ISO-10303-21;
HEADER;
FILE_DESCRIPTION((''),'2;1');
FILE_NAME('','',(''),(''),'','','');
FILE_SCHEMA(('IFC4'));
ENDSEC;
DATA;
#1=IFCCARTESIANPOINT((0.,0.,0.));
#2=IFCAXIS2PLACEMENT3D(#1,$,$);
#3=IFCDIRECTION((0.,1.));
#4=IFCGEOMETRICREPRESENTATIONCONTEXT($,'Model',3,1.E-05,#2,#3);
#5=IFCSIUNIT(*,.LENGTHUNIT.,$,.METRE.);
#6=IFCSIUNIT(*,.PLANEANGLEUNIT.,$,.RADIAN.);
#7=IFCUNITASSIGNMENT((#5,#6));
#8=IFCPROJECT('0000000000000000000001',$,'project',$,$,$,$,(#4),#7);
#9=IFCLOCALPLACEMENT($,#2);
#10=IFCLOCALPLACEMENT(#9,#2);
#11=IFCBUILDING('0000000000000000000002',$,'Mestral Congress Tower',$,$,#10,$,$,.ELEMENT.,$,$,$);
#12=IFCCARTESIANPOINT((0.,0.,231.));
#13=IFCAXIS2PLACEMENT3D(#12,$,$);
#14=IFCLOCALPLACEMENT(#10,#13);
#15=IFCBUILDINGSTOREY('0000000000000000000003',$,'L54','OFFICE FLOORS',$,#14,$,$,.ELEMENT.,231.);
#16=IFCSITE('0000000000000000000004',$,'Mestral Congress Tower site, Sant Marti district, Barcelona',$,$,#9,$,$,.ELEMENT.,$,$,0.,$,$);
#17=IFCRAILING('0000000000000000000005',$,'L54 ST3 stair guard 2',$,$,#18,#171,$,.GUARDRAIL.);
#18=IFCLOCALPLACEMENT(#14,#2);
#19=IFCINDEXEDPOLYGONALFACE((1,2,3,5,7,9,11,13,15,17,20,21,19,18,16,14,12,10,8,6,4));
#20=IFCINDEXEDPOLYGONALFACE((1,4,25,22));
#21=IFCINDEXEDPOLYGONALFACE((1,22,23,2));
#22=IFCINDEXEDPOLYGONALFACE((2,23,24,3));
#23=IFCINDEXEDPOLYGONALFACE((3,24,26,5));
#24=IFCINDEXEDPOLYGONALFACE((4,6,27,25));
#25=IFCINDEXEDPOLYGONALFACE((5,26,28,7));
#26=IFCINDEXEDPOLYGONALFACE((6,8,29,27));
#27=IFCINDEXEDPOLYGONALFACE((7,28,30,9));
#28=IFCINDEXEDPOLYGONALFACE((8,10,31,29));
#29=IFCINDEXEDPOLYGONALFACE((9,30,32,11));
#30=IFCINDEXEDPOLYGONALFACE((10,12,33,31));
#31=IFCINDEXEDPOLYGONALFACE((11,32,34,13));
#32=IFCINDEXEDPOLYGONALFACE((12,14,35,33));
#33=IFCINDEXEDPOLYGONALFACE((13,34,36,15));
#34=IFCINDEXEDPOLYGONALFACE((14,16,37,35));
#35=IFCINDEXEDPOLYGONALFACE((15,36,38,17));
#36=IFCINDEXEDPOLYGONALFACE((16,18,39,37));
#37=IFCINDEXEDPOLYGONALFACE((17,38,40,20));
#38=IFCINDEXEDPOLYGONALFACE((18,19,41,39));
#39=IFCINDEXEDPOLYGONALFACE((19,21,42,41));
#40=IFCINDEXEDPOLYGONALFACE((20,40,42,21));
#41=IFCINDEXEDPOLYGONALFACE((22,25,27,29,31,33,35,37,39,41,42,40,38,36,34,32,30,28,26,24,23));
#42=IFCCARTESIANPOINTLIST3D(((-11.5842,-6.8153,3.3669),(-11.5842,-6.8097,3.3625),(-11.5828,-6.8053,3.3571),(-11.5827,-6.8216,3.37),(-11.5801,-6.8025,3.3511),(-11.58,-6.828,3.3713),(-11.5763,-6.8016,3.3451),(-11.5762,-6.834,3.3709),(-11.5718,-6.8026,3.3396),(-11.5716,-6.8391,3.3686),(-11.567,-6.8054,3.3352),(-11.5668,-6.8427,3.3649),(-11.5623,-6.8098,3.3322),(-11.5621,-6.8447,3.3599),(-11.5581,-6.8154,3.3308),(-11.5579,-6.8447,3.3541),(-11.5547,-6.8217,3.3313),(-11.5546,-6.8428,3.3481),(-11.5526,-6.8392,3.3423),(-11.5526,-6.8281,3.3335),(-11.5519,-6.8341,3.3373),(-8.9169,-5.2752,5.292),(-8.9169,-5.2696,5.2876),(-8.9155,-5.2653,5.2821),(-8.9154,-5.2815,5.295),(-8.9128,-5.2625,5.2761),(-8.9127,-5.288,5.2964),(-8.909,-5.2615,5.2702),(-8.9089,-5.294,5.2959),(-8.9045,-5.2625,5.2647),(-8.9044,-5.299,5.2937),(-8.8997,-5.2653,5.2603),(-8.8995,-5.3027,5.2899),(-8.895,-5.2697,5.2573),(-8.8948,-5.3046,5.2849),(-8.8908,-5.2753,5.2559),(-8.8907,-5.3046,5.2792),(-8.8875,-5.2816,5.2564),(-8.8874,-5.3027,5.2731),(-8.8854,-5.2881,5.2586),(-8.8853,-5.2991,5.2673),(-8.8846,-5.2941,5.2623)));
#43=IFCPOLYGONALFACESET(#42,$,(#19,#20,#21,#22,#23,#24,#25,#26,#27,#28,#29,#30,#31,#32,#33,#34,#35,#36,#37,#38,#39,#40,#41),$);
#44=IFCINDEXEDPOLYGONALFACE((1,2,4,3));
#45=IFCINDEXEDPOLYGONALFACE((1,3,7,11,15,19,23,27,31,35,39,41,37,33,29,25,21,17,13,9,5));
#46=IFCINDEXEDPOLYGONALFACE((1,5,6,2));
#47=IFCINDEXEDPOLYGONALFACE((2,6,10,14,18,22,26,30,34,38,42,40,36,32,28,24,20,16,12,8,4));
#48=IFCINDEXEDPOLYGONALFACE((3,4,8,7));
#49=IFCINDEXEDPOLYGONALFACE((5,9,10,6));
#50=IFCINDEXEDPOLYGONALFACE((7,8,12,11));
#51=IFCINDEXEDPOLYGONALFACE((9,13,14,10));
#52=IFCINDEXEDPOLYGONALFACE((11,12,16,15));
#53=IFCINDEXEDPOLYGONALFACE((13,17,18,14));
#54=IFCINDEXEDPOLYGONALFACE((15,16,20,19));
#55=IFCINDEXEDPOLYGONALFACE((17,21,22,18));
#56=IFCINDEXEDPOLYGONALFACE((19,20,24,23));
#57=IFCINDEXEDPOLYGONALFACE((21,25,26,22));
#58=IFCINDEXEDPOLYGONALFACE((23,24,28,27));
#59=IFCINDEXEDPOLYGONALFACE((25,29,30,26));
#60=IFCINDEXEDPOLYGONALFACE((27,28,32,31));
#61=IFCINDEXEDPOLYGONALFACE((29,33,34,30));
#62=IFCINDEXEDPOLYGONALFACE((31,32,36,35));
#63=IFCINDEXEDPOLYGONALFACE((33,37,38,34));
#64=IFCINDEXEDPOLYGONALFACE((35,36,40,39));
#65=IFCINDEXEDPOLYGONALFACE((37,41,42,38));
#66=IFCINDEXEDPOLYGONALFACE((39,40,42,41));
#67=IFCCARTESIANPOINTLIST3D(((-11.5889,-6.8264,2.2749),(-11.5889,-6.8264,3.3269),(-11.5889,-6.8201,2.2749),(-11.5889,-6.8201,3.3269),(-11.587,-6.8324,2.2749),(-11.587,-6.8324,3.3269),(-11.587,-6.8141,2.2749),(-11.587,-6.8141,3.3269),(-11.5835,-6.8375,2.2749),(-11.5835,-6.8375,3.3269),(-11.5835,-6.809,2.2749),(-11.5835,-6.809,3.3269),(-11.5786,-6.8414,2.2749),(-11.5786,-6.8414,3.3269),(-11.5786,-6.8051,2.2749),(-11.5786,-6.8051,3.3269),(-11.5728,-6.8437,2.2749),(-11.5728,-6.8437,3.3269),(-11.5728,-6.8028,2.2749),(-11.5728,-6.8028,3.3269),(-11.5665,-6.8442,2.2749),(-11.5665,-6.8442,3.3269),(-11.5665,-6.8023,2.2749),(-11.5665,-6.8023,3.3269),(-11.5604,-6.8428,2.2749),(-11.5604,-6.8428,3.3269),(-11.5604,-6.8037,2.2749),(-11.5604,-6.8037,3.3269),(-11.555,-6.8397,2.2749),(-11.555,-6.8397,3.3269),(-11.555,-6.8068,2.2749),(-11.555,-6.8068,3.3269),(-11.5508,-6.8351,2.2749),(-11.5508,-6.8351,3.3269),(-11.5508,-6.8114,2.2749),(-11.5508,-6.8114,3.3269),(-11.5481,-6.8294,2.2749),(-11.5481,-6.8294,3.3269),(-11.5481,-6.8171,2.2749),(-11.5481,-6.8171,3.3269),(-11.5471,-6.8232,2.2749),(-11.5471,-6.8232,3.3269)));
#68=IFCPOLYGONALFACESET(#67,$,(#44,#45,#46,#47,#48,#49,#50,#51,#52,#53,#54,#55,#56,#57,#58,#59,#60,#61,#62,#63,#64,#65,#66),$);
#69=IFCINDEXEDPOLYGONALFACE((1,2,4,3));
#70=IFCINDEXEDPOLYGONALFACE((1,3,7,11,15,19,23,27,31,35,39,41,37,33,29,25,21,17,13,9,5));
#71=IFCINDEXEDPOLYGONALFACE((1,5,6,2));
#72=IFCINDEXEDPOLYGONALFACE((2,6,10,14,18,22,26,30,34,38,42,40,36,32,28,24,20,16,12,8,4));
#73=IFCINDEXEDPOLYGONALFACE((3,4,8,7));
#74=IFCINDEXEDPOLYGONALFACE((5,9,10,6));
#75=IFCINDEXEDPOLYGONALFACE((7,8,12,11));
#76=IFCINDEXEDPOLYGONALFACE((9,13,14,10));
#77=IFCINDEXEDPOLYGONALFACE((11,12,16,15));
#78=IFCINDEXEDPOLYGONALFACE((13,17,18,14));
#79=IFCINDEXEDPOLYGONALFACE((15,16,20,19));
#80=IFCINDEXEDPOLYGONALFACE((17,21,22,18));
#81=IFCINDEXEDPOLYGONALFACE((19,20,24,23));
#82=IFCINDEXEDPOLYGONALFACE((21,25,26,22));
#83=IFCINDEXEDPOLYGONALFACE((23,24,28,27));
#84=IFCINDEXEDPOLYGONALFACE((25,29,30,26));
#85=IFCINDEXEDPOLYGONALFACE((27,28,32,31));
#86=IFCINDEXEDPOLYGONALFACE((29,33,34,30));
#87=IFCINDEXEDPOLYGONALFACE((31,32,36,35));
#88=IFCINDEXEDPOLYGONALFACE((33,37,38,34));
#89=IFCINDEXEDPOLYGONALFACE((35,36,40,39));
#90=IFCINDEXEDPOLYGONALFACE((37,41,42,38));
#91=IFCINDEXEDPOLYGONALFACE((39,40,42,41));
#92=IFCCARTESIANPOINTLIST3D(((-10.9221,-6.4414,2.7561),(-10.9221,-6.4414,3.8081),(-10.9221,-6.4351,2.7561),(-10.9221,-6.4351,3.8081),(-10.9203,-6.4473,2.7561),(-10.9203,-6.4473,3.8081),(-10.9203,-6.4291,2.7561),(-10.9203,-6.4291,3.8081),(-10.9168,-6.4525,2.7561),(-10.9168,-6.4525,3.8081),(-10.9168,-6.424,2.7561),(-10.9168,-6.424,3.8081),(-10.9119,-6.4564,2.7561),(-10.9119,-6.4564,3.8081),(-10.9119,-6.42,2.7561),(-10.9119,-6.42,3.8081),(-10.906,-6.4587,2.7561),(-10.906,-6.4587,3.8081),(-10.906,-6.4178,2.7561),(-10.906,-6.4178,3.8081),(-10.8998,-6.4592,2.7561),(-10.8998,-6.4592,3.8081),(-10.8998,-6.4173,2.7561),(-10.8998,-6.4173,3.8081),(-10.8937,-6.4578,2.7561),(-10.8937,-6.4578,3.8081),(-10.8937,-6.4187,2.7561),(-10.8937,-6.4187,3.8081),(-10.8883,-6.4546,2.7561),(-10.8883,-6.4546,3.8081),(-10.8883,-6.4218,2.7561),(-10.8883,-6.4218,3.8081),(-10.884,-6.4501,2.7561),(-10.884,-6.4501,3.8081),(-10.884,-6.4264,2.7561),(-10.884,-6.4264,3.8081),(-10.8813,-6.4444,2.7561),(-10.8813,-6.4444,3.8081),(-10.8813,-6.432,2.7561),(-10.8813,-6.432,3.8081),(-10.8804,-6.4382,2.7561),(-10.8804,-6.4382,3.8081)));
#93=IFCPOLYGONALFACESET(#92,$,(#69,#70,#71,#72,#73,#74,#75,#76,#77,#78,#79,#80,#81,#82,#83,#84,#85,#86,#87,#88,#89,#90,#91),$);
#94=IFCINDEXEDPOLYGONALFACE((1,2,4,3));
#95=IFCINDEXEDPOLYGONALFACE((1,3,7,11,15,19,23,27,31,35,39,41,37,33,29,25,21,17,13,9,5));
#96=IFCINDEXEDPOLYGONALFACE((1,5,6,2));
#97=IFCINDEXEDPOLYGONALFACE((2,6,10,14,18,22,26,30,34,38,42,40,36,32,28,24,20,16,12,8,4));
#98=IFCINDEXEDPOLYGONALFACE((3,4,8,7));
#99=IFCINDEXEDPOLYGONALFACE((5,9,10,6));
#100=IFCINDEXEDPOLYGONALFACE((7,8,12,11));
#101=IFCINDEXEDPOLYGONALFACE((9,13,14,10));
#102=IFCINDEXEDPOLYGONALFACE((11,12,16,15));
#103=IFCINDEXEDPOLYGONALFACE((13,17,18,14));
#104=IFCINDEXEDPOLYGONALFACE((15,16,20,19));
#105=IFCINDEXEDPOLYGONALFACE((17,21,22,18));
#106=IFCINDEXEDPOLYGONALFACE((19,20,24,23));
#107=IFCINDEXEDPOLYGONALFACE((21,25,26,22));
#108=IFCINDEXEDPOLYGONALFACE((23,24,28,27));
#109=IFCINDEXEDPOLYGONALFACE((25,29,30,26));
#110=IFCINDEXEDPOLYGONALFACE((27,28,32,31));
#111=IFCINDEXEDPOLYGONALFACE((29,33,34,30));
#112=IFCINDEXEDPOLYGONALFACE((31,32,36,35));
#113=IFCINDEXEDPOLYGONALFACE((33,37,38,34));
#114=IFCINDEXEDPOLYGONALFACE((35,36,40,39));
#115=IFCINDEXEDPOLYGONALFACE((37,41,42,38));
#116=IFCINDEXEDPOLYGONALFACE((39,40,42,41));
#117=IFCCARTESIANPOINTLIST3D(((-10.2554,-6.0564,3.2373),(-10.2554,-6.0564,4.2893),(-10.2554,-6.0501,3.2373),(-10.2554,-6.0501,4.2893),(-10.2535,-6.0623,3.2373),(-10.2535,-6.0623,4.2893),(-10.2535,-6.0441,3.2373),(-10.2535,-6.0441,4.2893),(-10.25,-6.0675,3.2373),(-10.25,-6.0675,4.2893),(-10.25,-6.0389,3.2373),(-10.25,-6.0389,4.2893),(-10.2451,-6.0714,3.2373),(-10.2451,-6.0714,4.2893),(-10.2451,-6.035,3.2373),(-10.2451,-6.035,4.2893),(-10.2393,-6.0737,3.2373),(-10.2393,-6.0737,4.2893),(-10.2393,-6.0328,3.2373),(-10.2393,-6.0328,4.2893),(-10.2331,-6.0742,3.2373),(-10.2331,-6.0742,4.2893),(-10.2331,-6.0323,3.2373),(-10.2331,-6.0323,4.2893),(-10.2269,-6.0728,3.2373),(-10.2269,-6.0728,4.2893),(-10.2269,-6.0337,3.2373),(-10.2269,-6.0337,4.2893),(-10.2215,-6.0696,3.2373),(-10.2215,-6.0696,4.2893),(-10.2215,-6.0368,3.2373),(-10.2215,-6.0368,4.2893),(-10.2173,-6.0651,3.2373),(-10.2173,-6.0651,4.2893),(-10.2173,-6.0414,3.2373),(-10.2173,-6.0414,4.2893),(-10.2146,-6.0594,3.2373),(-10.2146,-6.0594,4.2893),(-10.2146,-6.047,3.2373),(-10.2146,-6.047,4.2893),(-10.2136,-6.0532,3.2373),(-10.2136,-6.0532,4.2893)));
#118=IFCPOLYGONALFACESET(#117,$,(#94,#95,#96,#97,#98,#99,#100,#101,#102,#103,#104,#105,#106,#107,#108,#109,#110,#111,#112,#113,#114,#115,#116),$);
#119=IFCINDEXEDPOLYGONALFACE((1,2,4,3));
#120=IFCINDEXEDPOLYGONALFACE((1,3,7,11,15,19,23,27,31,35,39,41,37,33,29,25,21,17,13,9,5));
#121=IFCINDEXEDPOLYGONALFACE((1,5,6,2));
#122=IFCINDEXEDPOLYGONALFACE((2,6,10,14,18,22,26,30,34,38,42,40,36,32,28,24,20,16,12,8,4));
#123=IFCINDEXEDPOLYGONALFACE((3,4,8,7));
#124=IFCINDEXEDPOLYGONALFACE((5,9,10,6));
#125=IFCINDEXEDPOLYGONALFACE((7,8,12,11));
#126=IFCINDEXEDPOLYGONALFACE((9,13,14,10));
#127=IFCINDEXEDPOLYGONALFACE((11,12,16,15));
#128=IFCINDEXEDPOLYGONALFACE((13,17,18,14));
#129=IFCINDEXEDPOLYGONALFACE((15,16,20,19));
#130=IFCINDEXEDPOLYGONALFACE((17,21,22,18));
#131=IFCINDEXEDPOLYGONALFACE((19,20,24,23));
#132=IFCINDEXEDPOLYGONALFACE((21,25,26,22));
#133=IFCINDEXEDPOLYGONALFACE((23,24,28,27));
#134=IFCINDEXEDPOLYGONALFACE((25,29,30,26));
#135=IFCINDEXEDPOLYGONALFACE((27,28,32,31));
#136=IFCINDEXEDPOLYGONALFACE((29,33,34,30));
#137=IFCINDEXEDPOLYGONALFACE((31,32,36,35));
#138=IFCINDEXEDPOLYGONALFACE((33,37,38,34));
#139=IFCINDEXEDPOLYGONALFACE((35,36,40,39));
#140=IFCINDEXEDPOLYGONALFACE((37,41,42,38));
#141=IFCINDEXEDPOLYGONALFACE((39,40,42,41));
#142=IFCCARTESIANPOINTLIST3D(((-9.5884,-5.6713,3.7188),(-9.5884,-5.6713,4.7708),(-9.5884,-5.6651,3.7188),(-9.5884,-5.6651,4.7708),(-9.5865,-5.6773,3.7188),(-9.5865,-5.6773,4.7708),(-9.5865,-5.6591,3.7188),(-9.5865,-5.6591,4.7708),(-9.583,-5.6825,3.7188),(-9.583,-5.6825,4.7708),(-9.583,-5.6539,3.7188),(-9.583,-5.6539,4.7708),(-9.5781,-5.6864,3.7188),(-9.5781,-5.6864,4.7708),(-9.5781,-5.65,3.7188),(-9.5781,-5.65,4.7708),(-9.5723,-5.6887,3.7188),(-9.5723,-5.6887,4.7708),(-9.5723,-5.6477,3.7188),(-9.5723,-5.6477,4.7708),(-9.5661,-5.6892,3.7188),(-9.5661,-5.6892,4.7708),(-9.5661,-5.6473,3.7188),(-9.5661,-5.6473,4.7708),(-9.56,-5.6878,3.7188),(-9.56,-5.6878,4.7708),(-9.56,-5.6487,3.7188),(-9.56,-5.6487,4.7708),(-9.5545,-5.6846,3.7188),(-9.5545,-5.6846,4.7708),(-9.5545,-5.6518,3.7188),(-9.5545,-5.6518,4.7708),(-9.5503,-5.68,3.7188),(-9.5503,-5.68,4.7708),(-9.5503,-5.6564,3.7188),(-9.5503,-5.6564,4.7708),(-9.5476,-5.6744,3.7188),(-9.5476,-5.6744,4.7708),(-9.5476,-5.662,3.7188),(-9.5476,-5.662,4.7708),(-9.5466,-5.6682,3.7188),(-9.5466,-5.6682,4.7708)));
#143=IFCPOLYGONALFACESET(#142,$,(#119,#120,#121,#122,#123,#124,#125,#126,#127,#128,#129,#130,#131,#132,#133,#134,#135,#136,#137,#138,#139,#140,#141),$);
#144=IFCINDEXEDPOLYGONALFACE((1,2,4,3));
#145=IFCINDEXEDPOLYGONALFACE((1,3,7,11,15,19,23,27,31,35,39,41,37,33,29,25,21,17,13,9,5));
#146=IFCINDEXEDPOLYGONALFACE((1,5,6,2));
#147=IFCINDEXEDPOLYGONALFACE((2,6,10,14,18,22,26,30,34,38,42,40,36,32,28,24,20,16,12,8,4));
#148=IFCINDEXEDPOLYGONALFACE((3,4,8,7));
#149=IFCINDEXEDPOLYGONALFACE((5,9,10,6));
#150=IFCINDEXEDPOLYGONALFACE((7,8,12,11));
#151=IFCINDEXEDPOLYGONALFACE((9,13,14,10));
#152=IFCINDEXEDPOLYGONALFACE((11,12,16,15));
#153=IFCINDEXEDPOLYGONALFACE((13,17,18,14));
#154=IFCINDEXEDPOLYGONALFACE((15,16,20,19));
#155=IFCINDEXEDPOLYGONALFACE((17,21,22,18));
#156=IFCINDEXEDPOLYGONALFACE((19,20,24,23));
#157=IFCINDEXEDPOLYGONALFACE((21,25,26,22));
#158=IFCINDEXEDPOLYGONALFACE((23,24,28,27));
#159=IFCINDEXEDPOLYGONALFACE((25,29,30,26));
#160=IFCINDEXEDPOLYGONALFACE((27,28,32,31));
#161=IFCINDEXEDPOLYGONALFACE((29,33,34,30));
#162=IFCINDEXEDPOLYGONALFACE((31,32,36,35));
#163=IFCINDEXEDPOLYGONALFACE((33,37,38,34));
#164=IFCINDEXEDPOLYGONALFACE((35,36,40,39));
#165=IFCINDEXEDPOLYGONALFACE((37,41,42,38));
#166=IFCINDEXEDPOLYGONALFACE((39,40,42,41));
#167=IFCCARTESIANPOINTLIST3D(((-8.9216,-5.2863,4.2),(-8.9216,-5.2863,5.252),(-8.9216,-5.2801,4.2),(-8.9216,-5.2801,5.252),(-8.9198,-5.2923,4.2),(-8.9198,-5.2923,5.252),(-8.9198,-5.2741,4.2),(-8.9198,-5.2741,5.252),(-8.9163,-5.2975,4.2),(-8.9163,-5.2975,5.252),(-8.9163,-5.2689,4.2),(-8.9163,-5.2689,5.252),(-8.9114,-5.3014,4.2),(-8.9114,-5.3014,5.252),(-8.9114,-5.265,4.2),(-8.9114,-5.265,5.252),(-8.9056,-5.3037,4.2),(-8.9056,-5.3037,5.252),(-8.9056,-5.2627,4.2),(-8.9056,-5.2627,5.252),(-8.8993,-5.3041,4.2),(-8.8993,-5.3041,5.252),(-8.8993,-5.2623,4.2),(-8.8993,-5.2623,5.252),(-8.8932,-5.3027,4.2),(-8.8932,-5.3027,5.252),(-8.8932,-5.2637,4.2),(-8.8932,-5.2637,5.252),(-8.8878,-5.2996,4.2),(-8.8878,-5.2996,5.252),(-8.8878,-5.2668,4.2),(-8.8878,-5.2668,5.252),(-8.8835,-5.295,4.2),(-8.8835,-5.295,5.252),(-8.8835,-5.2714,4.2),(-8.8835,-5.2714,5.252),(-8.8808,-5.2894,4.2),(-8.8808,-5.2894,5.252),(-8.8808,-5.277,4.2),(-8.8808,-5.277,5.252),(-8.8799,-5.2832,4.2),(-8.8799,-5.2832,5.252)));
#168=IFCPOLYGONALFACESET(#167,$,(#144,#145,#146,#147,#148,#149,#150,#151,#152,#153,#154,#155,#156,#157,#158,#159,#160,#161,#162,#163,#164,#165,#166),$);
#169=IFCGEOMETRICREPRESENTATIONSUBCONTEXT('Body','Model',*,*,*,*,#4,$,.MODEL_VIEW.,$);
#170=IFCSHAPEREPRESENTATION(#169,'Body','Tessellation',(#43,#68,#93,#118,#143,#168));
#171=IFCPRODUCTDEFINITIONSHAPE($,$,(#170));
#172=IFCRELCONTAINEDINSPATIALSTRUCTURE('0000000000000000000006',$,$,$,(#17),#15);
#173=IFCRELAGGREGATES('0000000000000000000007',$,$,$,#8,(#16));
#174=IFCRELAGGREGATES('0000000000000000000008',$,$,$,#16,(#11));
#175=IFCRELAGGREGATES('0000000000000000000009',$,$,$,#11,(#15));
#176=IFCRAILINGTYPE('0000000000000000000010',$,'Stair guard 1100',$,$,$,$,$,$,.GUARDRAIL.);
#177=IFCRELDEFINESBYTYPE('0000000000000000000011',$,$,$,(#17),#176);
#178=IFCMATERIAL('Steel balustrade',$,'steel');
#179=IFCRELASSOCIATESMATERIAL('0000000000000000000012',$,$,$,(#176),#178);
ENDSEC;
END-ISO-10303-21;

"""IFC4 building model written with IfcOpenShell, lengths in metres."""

from ifc_helpers import new_model, si_unit, direction, frame, origin, origin_2d, place, context, subcontext, project, spatial, circle, extrude, material, type_object, element, save


model = new_model("IFC4")

# Units and contexts
model_context = context("Model", 3, precision=1e-05, world=origin(), true_north=direction((0.0, 1.0)))
body_context = subcontext(model_context, "Body", "Model", "MODEL_VIEW")
ifc_project = project(units=[si_unit("LENGTHUNIT", "METRE"), si_unit("PLANEANGLEUNIT", "RADIAN")], contexts=[model_context])

# Site, building, storey
site_placement = place(None, origin())
site = spatial("IfcSite", under=ifc_project, at=site_placement, Name="Mestral Congress Tower site, Sant Marti district, Barcelona", CompositionType="ELEMENT", RefElevation=0.0)
building_placement = place(site_placement, origin())
building = spatial("IfcBuilding", under=site, at=building_placement, Name="Mestral Congress Tower", CompositionType="ELEMENT")
storey_placement = place(building_placement, frame((0.0, 0.0, 231.0)))
storey = spatial("IfcBuildingStorey", under=building, at=storey_placement, Name="L54", Description="OFFICE FLOORS", CompositionType="ELEMENT", Elevation=231.0)

# Railing
ifc_material_1 = material(Name="Steel balustrade", Category="steel")
railing_type = type_object("IfcRailingType", Name="Stair guard 1100", PredefinedType="GUARDRAIL", material=ifc_material_1)
railing_placement = place(storey_placement, frame((-11.5681, -6.8232, 2.2749)))
element("IfcRailing", 1, at=railing_placement, inside=storey, type_object=railing_type, Name="L54 ST3 stair guard 2", PredefinedType="GUARDRAIL", context=body_context, shape_type="SweptSolid", body=[
    extrude(circle(Radius=0.0239, at=origin_2d()), frame((0.0, 0.0, 1.0762), z_axis=(0.734364, 0.424015, 0.530019), x_axis=(-0.500027, 0.86601, 0.0)), (0.0, 0.0, 1.0), 3.6321),
    extrude(circle(Radius=0.021, at=origin_2d()), origin(), (0.0, 0.0, 1.0), 1.052),
    extrude(circle(Radius=0.021, at=origin_2d()), frame((0.6667, 0.385, 0.4812)), (0.0, 0.0, 1.0), 1.052),
    extrude(circle(Radius=0.021, at=origin_2d()), frame((1.3335, 0.77, 0.9624)), (0.0, 0.0, 1.0), 1.052),
    extrude(circle(Radius=0.021, at=origin_2d()), frame((2.0005, 1.155, 1.4438)), (0.0, 0.0, 1.0), 1.052),
    extrude(circle(Radius=0.021, at=origin_2d()), frame((2.6672, 1.54, 1.925)), (0.0, 0.0, 1.0), 1.052),
])

save(model, "model.ifc")
